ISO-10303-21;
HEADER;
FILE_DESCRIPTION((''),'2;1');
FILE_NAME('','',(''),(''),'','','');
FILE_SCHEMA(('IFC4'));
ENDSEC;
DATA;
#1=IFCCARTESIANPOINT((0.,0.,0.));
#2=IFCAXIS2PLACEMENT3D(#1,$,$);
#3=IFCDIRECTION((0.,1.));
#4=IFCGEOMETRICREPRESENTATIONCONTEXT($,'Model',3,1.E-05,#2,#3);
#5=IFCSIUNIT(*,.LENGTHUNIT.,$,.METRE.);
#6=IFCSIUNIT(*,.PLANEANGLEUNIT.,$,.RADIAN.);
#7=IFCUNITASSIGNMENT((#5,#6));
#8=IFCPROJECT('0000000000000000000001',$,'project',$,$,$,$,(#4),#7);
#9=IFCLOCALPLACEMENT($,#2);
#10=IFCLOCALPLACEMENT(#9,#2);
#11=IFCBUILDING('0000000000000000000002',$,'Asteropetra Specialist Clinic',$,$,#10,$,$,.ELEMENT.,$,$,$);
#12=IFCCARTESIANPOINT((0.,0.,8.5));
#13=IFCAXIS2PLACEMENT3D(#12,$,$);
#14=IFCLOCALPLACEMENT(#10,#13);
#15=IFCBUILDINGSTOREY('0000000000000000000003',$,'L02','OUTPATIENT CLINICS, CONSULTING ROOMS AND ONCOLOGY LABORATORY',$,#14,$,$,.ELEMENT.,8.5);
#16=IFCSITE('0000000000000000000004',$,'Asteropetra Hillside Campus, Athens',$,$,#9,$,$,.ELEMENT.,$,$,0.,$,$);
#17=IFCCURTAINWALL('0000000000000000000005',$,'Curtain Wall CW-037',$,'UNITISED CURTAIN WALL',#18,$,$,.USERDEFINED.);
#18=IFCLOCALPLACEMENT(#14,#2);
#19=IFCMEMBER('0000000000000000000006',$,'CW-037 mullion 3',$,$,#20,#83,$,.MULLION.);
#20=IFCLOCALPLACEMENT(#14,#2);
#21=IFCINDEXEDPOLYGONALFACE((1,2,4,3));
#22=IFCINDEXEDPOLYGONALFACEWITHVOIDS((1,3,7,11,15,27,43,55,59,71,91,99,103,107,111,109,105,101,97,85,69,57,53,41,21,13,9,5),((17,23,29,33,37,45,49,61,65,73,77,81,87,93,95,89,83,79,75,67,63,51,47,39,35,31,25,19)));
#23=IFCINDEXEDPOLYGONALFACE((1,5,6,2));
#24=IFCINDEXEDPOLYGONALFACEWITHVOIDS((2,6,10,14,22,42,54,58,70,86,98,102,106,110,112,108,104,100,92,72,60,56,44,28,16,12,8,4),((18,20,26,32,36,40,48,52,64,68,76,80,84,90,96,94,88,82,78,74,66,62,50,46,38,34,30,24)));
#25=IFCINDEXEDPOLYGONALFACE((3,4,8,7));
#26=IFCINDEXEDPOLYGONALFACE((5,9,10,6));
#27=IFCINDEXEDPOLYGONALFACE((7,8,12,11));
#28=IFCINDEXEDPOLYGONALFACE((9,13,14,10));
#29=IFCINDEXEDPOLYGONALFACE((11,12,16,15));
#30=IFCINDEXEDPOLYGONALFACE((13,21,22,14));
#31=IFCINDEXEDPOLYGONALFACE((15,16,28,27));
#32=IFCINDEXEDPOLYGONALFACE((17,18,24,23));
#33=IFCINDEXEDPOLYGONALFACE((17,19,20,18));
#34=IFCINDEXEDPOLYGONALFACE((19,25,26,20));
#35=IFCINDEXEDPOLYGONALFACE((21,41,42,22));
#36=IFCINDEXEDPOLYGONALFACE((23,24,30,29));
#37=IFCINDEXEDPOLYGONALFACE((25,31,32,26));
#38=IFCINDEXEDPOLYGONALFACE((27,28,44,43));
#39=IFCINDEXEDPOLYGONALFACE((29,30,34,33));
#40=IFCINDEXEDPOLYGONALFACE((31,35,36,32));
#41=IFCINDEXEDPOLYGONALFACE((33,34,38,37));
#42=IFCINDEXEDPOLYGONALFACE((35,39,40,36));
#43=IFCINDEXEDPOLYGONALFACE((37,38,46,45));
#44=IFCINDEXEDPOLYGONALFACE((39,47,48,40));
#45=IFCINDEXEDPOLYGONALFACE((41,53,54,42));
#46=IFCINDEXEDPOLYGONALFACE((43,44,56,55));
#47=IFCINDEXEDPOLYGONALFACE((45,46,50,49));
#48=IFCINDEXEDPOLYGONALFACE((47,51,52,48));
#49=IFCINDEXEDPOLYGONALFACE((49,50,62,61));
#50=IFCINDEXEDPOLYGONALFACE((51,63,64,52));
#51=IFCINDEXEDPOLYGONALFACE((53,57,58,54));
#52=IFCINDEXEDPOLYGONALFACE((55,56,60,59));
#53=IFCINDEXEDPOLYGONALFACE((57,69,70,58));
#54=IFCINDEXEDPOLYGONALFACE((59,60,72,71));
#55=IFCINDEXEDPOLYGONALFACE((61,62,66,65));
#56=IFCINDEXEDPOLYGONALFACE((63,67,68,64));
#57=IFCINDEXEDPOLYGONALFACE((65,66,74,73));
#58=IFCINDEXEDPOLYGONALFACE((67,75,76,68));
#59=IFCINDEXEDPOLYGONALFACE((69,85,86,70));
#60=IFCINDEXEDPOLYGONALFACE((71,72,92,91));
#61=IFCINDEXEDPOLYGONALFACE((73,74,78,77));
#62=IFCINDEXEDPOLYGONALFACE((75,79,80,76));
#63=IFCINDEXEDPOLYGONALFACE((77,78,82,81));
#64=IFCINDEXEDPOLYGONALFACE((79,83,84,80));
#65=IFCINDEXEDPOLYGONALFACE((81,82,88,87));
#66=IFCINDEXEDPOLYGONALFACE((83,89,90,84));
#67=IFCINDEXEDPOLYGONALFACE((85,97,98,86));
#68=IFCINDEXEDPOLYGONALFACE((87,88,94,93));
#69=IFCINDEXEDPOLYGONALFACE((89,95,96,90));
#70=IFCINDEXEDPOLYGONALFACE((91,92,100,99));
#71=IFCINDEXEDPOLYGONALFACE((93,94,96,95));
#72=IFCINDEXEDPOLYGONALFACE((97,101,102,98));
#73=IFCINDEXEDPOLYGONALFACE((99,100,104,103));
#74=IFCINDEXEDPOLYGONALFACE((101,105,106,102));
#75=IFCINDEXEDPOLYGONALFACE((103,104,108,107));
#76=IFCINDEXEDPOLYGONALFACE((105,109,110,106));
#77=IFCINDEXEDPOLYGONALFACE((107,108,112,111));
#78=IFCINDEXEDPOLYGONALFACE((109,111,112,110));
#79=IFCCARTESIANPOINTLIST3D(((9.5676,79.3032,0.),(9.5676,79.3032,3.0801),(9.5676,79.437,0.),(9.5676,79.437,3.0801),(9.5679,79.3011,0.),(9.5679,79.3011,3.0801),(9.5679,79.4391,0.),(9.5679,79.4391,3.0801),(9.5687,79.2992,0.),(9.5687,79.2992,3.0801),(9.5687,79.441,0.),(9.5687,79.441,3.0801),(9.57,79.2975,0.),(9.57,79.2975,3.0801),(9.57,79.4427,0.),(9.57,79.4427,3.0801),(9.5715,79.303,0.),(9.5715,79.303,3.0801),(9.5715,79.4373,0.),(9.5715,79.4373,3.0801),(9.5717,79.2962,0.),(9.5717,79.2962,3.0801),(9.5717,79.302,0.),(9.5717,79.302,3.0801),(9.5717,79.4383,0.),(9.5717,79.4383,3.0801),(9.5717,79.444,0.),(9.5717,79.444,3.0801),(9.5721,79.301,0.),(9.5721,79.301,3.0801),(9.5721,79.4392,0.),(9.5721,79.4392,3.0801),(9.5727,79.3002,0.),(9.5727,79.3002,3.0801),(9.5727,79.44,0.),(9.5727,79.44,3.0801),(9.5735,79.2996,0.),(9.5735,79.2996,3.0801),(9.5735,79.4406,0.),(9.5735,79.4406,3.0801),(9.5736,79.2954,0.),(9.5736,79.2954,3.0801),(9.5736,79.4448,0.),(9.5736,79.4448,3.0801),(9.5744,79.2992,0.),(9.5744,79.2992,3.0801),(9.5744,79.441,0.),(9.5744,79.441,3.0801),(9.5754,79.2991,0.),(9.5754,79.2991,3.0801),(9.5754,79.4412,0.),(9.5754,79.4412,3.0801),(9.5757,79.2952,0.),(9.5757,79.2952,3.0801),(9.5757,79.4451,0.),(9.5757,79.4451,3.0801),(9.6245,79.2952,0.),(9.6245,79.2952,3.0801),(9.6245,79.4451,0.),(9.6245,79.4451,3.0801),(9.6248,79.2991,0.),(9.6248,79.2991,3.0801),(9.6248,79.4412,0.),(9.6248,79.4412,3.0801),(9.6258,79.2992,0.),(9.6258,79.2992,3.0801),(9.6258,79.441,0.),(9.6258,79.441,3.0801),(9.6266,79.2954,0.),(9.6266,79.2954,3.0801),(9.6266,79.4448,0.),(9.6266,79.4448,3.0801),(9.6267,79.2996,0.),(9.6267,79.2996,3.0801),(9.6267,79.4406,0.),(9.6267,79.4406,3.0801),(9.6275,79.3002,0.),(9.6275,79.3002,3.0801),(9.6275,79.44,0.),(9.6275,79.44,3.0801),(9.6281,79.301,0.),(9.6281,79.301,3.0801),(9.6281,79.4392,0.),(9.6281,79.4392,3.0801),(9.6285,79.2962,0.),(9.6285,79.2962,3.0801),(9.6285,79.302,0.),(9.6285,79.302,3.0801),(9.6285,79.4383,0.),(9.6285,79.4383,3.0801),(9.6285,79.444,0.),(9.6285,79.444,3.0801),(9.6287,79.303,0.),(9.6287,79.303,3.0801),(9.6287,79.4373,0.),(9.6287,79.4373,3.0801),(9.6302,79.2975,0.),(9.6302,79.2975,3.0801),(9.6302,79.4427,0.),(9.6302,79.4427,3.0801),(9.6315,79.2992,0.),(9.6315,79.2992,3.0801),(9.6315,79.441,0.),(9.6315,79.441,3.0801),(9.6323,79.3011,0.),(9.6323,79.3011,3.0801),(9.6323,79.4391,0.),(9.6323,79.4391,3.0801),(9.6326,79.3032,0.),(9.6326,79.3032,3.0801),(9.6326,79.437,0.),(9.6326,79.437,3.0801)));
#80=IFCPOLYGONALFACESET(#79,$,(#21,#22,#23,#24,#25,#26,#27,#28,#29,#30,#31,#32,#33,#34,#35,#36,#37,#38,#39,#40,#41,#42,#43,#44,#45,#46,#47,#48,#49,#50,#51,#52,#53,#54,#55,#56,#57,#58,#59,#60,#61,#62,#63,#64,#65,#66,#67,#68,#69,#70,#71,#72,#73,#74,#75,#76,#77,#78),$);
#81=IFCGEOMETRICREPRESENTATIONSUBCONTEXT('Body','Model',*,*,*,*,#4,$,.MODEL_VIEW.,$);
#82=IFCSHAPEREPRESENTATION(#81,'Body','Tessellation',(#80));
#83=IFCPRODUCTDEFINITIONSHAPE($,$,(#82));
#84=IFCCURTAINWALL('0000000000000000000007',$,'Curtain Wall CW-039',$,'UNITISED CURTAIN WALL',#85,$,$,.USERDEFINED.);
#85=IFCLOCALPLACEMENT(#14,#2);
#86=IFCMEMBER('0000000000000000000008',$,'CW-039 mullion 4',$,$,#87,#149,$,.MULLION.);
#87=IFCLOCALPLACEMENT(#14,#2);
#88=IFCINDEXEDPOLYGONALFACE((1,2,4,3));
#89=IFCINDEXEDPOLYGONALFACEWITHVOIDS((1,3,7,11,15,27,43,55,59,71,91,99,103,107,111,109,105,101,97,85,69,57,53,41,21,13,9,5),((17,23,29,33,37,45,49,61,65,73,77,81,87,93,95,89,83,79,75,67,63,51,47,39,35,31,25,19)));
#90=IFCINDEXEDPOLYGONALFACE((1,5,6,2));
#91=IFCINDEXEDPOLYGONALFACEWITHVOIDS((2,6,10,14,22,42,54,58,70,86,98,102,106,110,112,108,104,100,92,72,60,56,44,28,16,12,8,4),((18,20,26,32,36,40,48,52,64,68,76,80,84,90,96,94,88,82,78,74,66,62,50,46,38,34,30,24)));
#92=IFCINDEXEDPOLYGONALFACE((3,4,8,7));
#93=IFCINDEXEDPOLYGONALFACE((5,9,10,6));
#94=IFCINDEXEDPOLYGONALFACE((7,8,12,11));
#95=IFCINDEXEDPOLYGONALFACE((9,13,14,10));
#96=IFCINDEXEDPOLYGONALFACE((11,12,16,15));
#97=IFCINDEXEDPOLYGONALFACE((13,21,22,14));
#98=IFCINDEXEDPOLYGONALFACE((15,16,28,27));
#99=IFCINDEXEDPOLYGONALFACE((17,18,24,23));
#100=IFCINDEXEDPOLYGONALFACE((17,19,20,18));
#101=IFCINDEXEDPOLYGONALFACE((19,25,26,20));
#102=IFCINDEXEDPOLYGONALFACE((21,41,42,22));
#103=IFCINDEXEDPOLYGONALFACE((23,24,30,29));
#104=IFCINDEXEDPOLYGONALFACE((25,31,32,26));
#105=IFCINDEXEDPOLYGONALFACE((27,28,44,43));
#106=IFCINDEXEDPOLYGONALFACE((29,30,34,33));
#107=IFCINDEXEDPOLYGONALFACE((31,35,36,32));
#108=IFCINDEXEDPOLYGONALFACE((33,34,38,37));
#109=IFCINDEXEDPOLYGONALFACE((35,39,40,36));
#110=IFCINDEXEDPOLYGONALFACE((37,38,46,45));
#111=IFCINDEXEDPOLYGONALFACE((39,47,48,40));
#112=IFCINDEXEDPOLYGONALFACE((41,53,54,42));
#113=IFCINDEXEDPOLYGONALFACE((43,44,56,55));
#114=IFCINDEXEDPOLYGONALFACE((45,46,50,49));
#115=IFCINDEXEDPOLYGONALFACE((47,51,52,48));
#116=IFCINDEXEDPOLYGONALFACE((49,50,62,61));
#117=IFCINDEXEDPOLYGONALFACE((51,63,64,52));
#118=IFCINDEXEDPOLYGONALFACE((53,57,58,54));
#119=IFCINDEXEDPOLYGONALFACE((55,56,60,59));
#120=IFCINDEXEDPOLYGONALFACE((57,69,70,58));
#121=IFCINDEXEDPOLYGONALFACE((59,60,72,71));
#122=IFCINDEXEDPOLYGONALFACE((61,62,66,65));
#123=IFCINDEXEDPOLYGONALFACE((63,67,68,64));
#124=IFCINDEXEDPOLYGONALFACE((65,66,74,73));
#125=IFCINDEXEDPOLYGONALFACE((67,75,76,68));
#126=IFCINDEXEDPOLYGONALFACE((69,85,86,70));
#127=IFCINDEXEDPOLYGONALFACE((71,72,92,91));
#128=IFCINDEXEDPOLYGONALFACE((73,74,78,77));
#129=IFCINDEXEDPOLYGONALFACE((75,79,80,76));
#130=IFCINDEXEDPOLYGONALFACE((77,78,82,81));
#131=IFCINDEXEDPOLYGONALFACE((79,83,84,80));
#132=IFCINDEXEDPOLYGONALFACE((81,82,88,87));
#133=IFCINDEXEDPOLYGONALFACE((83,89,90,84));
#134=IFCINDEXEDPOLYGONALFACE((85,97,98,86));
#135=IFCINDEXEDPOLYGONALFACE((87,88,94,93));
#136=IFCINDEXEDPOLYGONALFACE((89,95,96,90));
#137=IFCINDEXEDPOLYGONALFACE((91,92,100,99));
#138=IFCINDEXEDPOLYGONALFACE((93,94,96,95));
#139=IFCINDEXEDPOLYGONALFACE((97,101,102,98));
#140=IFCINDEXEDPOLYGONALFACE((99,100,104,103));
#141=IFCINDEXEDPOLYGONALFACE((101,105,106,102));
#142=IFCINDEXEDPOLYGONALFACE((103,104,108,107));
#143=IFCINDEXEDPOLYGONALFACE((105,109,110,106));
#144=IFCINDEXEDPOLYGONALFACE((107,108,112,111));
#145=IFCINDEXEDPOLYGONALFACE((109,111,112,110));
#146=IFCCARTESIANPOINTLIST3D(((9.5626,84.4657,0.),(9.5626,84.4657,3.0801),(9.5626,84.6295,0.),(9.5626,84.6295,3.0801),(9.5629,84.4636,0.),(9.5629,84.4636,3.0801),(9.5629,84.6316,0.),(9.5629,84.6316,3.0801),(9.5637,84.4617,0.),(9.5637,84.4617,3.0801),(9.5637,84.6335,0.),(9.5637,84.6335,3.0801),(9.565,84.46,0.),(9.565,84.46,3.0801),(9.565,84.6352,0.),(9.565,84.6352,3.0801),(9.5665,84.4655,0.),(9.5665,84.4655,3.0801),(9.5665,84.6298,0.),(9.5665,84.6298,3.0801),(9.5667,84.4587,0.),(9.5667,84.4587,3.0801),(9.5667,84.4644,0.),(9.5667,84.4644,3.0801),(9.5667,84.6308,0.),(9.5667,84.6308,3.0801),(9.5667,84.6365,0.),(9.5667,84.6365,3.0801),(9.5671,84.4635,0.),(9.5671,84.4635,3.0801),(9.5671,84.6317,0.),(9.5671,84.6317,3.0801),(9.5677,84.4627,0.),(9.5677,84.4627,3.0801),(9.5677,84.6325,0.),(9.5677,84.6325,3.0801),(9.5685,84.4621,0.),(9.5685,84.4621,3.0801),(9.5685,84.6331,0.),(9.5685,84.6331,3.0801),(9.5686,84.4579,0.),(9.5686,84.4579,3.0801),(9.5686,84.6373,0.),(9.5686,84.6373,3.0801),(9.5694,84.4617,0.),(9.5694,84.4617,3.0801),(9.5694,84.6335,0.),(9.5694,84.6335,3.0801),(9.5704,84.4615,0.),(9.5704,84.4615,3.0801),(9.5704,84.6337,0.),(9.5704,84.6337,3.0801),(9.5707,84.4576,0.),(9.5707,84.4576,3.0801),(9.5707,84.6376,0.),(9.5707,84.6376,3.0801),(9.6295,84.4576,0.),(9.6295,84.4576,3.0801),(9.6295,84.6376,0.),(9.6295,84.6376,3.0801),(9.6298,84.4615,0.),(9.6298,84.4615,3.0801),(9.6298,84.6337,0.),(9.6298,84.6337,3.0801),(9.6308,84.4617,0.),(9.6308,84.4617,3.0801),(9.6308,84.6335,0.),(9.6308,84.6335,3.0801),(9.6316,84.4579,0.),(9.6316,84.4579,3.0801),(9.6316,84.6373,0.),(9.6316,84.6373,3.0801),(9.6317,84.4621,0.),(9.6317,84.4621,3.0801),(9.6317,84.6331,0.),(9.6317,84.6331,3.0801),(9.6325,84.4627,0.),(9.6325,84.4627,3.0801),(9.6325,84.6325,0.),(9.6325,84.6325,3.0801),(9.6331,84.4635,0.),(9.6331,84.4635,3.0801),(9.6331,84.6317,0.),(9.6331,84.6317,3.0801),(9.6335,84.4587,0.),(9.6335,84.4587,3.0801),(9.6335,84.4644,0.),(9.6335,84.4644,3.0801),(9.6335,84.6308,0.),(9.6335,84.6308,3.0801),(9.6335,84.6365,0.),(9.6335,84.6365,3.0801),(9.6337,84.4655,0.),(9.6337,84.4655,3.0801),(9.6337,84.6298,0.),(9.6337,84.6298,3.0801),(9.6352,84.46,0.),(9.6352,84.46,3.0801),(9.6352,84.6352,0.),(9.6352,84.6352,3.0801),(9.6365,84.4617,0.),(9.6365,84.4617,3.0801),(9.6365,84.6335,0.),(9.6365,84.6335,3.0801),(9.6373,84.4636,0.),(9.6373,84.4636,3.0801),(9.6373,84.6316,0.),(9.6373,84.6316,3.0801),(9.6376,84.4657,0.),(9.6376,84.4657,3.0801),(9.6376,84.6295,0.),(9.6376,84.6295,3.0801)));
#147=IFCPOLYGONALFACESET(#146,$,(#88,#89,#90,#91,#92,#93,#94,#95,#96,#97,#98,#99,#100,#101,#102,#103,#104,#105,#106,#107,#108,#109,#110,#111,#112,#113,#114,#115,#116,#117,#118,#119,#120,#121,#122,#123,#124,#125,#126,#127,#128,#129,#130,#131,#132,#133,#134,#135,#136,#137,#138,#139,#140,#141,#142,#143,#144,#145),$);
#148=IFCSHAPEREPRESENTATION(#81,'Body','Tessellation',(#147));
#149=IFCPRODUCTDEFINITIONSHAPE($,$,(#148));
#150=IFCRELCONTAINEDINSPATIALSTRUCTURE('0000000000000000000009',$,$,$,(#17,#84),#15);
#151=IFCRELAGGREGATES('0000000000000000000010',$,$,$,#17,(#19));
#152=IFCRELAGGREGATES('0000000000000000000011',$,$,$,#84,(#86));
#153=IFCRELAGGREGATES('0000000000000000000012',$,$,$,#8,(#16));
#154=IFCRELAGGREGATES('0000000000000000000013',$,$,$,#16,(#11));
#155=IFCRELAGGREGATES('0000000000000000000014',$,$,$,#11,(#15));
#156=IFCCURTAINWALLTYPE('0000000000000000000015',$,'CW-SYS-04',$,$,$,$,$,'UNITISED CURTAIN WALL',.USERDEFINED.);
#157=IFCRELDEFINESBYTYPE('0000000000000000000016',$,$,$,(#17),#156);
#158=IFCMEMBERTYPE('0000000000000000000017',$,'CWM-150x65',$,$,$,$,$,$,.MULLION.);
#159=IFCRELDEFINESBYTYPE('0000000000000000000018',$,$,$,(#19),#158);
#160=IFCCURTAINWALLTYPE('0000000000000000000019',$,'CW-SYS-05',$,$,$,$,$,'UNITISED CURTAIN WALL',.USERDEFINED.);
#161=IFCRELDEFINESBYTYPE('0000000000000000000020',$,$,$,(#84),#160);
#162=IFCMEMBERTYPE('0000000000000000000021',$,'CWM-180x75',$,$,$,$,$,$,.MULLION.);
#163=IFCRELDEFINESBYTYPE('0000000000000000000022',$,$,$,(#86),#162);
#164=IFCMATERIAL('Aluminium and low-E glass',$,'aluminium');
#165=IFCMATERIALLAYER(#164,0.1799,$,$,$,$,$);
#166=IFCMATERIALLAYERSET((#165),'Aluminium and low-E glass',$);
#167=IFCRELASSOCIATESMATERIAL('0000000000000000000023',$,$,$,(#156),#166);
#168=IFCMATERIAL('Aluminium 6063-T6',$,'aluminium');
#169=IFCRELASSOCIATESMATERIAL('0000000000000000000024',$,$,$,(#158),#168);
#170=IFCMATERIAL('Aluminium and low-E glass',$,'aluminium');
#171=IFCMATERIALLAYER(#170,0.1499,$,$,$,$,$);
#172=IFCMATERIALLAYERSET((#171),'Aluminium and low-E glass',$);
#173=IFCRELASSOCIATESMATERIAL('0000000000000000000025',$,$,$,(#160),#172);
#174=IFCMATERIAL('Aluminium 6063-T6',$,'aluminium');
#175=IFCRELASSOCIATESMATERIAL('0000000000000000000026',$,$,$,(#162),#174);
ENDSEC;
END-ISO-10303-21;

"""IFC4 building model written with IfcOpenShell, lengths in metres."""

from ifc_helpers import new_model, si_unit, direction, frame, origin, origin_2d, place, context, subcontext, project, spatial, hollow_rectangle, extrude, material, layer, layer_set, material_profile, profile_set, type_object, element, aggregate, save


model = new_model("IFC4")

# Units and contexts
model_context = context("Model", 3, precision=1e-05, world=origin(), true_north=direction((0.0, 1.0)))
body_context = subcontext(model_context, "Body", "Model", "MODEL_VIEW")
ifc_project = project(units=[si_unit("LENGTHUNIT", "METRE"), si_unit("PLANEANGLEUNIT", "RADIAN")], contexts=[model_context])

# Site, building, storey
site_placement = place(None, origin())
site = spatial("IfcSite", under=ifc_project, at=site_placement, Name="Asteropetra Hillside Campus, Athens", CompositionType="ELEMENT", RefElevation=0.0)
building_placement = place(site_placement, origin())
building = spatial("IfcBuilding", under=site, at=building_placement, Name="Asteropetra Specialist Clinic", CompositionType="ELEMENT")
storey_placement = place(building_placement, frame((0.0, 0.0, 8.5)))
storey = spatial("IfcBuildingStorey", under=building, at=storey_placement, Name="L02", Description="OUTPATIENT CLINICS, CONSULTING ROOMS AND ONCOLOGY LABORATORY", CompositionType="ELEMENT", Elevation=8.5)

# Curtain wall, member
ifc_material_1 = material(Name="Aluminium and low-E glass", Category="aluminium")
ifc_layer_1 = layer(ifc_material_1, 0.1799)
ifc_layer_set_1 = layer_set([ifc_layer_1], Name="Aluminium and low-E glass")
curtain_wall_type_1 = type_object("IfcCurtainWallType", Name="CW-SYS-04", ElementType="UNITISED CURTAIN WALL", PredefinedType="USERDEFINED", material=ifc_layer_set_1)
curtain_wall_1_placement = place(storey_placement, origin())
curtain_wall_1 = element("IfcCurtainWall", 1, at=curtain_wall_1_placement, inside=storey, type_object=curtain_wall_type_1, Name="Curtain Wall CW-037", ObjectType="UNITISED CURTAIN WALL", PredefinedType="USERDEFINED")
ifc_material_2 = material(Name="Aluminium 6063-T6", Category="aluminium")
ifc_material_profile_1 = material_profile(ifc_material_2, hollow_rectangle(XDim=0.0649, YDim=0.1499, WallThickness=0.0039, InnerFilletRadius=0.0039, OuterFilletRadius=0.0081, at=origin_2d()), Name="MUL 150x65x4.0")
ifc_profile_set_1 = profile_set([ifc_material_profile_1], Name="Aluminium 6063-T6")
member_type_1 = type_object("IfcMemberType", Name="CWM-150x65", PredefinedType="MULLION", material=ifc_profile_set_1)
member_1_placement = place(storey_placement, frame((9.6001, 79.3701, 0.0), z_axis=(0.0, 0.0, 1.0), x_axis=(1.0, 0.0, 0.0)))
member_1 = element("IfcMember", 2, at=member_1_placement, type_object=member_type_1, Name="CW-037 mullion 3", PredefinedType="MULLION", context=body_context, shape_type="SweptSolid", body=[
    extrude(hollow_rectangle(XDim=0.0649, YDim=0.1499, WallThickness=0.0039, InnerFilletRadius=0.0039, OuterFilletRadius=0.0081, at=origin_2d()), origin(), (0.0, 0.0, 1.0), 3.0801),
])

# Curtain wall, member
ifc_material_3 = material(Name="Aluminium and low-E glass", Category="aluminium")
ifc_layer_2 = layer(ifc_material_3, 0.1499)
ifc_layer_set_2 = layer_set([ifc_layer_2], Name="Aluminium and low-E glass")
curtain_wall_type_2 = type_object("IfcCurtainWallType", Name="CW-SYS-05", ElementType="UNITISED CURTAIN WALL", PredefinedType="USERDEFINED", material=ifc_layer_set_2)
curtain_wall_2_placement = place(storey_placement, origin())
curtain_wall_2 = element("IfcCurtainWall", 3, at=curtain_wall_2_placement, inside=storey, type_object=curtain_wall_type_2, Name="Curtain Wall CW-039", ObjectType="UNITISED CURTAIN WALL", PredefinedType="USERDEFINED")
ifc_material_4 = material(Name="Aluminium 6063-T6", Category="aluminium")
ifc_material_profile_2 = material_profile(ifc_material_4, hollow_rectangle(XDim=0.075, YDim=0.1799, WallThickness=0.0039, InnerFilletRadius=0.0039, OuterFilletRadius=0.0081, at=origin_2d()), Name="MUL 180x75x4.0")
ifc_profile_set_2 = profile_set([ifc_material_profile_2], Name="Aluminium 6063-T6")
member_type_2 = type_object("IfcMemberType", Name="CWM-180x75", PredefinedType="MULLION", material=ifc_profile_set_2)
member_2_placement = place(storey_placement, frame((9.6001, 84.5476, 0.0), z_axis=(0.0, 0.0, 1.0), x_axis=(1.0, 0.0, 0.0)))
member_2 = element("IfcMember", 4, at=member_2_placement, type_object=member_type_2, Name="CW-039 mullion 4", PredefinedType="MULLION", context=body_context, shape_type="SweptSolid", body=[
    extrude(hollow_rectangle(XDim=0.075, YDim=0.1799, WallThickness=0.0039, InnerFilletRadius=0.0039, OuterFilletRadius=0.0081, at=origin_2d()), origin(), (0.0, 0.0, 1.0), 3.0801),
])

aggregate(curtain_wall_1, [member_1])
aggregate(curtain_wall_2, [member_2])

save(model, "model.ifc")
